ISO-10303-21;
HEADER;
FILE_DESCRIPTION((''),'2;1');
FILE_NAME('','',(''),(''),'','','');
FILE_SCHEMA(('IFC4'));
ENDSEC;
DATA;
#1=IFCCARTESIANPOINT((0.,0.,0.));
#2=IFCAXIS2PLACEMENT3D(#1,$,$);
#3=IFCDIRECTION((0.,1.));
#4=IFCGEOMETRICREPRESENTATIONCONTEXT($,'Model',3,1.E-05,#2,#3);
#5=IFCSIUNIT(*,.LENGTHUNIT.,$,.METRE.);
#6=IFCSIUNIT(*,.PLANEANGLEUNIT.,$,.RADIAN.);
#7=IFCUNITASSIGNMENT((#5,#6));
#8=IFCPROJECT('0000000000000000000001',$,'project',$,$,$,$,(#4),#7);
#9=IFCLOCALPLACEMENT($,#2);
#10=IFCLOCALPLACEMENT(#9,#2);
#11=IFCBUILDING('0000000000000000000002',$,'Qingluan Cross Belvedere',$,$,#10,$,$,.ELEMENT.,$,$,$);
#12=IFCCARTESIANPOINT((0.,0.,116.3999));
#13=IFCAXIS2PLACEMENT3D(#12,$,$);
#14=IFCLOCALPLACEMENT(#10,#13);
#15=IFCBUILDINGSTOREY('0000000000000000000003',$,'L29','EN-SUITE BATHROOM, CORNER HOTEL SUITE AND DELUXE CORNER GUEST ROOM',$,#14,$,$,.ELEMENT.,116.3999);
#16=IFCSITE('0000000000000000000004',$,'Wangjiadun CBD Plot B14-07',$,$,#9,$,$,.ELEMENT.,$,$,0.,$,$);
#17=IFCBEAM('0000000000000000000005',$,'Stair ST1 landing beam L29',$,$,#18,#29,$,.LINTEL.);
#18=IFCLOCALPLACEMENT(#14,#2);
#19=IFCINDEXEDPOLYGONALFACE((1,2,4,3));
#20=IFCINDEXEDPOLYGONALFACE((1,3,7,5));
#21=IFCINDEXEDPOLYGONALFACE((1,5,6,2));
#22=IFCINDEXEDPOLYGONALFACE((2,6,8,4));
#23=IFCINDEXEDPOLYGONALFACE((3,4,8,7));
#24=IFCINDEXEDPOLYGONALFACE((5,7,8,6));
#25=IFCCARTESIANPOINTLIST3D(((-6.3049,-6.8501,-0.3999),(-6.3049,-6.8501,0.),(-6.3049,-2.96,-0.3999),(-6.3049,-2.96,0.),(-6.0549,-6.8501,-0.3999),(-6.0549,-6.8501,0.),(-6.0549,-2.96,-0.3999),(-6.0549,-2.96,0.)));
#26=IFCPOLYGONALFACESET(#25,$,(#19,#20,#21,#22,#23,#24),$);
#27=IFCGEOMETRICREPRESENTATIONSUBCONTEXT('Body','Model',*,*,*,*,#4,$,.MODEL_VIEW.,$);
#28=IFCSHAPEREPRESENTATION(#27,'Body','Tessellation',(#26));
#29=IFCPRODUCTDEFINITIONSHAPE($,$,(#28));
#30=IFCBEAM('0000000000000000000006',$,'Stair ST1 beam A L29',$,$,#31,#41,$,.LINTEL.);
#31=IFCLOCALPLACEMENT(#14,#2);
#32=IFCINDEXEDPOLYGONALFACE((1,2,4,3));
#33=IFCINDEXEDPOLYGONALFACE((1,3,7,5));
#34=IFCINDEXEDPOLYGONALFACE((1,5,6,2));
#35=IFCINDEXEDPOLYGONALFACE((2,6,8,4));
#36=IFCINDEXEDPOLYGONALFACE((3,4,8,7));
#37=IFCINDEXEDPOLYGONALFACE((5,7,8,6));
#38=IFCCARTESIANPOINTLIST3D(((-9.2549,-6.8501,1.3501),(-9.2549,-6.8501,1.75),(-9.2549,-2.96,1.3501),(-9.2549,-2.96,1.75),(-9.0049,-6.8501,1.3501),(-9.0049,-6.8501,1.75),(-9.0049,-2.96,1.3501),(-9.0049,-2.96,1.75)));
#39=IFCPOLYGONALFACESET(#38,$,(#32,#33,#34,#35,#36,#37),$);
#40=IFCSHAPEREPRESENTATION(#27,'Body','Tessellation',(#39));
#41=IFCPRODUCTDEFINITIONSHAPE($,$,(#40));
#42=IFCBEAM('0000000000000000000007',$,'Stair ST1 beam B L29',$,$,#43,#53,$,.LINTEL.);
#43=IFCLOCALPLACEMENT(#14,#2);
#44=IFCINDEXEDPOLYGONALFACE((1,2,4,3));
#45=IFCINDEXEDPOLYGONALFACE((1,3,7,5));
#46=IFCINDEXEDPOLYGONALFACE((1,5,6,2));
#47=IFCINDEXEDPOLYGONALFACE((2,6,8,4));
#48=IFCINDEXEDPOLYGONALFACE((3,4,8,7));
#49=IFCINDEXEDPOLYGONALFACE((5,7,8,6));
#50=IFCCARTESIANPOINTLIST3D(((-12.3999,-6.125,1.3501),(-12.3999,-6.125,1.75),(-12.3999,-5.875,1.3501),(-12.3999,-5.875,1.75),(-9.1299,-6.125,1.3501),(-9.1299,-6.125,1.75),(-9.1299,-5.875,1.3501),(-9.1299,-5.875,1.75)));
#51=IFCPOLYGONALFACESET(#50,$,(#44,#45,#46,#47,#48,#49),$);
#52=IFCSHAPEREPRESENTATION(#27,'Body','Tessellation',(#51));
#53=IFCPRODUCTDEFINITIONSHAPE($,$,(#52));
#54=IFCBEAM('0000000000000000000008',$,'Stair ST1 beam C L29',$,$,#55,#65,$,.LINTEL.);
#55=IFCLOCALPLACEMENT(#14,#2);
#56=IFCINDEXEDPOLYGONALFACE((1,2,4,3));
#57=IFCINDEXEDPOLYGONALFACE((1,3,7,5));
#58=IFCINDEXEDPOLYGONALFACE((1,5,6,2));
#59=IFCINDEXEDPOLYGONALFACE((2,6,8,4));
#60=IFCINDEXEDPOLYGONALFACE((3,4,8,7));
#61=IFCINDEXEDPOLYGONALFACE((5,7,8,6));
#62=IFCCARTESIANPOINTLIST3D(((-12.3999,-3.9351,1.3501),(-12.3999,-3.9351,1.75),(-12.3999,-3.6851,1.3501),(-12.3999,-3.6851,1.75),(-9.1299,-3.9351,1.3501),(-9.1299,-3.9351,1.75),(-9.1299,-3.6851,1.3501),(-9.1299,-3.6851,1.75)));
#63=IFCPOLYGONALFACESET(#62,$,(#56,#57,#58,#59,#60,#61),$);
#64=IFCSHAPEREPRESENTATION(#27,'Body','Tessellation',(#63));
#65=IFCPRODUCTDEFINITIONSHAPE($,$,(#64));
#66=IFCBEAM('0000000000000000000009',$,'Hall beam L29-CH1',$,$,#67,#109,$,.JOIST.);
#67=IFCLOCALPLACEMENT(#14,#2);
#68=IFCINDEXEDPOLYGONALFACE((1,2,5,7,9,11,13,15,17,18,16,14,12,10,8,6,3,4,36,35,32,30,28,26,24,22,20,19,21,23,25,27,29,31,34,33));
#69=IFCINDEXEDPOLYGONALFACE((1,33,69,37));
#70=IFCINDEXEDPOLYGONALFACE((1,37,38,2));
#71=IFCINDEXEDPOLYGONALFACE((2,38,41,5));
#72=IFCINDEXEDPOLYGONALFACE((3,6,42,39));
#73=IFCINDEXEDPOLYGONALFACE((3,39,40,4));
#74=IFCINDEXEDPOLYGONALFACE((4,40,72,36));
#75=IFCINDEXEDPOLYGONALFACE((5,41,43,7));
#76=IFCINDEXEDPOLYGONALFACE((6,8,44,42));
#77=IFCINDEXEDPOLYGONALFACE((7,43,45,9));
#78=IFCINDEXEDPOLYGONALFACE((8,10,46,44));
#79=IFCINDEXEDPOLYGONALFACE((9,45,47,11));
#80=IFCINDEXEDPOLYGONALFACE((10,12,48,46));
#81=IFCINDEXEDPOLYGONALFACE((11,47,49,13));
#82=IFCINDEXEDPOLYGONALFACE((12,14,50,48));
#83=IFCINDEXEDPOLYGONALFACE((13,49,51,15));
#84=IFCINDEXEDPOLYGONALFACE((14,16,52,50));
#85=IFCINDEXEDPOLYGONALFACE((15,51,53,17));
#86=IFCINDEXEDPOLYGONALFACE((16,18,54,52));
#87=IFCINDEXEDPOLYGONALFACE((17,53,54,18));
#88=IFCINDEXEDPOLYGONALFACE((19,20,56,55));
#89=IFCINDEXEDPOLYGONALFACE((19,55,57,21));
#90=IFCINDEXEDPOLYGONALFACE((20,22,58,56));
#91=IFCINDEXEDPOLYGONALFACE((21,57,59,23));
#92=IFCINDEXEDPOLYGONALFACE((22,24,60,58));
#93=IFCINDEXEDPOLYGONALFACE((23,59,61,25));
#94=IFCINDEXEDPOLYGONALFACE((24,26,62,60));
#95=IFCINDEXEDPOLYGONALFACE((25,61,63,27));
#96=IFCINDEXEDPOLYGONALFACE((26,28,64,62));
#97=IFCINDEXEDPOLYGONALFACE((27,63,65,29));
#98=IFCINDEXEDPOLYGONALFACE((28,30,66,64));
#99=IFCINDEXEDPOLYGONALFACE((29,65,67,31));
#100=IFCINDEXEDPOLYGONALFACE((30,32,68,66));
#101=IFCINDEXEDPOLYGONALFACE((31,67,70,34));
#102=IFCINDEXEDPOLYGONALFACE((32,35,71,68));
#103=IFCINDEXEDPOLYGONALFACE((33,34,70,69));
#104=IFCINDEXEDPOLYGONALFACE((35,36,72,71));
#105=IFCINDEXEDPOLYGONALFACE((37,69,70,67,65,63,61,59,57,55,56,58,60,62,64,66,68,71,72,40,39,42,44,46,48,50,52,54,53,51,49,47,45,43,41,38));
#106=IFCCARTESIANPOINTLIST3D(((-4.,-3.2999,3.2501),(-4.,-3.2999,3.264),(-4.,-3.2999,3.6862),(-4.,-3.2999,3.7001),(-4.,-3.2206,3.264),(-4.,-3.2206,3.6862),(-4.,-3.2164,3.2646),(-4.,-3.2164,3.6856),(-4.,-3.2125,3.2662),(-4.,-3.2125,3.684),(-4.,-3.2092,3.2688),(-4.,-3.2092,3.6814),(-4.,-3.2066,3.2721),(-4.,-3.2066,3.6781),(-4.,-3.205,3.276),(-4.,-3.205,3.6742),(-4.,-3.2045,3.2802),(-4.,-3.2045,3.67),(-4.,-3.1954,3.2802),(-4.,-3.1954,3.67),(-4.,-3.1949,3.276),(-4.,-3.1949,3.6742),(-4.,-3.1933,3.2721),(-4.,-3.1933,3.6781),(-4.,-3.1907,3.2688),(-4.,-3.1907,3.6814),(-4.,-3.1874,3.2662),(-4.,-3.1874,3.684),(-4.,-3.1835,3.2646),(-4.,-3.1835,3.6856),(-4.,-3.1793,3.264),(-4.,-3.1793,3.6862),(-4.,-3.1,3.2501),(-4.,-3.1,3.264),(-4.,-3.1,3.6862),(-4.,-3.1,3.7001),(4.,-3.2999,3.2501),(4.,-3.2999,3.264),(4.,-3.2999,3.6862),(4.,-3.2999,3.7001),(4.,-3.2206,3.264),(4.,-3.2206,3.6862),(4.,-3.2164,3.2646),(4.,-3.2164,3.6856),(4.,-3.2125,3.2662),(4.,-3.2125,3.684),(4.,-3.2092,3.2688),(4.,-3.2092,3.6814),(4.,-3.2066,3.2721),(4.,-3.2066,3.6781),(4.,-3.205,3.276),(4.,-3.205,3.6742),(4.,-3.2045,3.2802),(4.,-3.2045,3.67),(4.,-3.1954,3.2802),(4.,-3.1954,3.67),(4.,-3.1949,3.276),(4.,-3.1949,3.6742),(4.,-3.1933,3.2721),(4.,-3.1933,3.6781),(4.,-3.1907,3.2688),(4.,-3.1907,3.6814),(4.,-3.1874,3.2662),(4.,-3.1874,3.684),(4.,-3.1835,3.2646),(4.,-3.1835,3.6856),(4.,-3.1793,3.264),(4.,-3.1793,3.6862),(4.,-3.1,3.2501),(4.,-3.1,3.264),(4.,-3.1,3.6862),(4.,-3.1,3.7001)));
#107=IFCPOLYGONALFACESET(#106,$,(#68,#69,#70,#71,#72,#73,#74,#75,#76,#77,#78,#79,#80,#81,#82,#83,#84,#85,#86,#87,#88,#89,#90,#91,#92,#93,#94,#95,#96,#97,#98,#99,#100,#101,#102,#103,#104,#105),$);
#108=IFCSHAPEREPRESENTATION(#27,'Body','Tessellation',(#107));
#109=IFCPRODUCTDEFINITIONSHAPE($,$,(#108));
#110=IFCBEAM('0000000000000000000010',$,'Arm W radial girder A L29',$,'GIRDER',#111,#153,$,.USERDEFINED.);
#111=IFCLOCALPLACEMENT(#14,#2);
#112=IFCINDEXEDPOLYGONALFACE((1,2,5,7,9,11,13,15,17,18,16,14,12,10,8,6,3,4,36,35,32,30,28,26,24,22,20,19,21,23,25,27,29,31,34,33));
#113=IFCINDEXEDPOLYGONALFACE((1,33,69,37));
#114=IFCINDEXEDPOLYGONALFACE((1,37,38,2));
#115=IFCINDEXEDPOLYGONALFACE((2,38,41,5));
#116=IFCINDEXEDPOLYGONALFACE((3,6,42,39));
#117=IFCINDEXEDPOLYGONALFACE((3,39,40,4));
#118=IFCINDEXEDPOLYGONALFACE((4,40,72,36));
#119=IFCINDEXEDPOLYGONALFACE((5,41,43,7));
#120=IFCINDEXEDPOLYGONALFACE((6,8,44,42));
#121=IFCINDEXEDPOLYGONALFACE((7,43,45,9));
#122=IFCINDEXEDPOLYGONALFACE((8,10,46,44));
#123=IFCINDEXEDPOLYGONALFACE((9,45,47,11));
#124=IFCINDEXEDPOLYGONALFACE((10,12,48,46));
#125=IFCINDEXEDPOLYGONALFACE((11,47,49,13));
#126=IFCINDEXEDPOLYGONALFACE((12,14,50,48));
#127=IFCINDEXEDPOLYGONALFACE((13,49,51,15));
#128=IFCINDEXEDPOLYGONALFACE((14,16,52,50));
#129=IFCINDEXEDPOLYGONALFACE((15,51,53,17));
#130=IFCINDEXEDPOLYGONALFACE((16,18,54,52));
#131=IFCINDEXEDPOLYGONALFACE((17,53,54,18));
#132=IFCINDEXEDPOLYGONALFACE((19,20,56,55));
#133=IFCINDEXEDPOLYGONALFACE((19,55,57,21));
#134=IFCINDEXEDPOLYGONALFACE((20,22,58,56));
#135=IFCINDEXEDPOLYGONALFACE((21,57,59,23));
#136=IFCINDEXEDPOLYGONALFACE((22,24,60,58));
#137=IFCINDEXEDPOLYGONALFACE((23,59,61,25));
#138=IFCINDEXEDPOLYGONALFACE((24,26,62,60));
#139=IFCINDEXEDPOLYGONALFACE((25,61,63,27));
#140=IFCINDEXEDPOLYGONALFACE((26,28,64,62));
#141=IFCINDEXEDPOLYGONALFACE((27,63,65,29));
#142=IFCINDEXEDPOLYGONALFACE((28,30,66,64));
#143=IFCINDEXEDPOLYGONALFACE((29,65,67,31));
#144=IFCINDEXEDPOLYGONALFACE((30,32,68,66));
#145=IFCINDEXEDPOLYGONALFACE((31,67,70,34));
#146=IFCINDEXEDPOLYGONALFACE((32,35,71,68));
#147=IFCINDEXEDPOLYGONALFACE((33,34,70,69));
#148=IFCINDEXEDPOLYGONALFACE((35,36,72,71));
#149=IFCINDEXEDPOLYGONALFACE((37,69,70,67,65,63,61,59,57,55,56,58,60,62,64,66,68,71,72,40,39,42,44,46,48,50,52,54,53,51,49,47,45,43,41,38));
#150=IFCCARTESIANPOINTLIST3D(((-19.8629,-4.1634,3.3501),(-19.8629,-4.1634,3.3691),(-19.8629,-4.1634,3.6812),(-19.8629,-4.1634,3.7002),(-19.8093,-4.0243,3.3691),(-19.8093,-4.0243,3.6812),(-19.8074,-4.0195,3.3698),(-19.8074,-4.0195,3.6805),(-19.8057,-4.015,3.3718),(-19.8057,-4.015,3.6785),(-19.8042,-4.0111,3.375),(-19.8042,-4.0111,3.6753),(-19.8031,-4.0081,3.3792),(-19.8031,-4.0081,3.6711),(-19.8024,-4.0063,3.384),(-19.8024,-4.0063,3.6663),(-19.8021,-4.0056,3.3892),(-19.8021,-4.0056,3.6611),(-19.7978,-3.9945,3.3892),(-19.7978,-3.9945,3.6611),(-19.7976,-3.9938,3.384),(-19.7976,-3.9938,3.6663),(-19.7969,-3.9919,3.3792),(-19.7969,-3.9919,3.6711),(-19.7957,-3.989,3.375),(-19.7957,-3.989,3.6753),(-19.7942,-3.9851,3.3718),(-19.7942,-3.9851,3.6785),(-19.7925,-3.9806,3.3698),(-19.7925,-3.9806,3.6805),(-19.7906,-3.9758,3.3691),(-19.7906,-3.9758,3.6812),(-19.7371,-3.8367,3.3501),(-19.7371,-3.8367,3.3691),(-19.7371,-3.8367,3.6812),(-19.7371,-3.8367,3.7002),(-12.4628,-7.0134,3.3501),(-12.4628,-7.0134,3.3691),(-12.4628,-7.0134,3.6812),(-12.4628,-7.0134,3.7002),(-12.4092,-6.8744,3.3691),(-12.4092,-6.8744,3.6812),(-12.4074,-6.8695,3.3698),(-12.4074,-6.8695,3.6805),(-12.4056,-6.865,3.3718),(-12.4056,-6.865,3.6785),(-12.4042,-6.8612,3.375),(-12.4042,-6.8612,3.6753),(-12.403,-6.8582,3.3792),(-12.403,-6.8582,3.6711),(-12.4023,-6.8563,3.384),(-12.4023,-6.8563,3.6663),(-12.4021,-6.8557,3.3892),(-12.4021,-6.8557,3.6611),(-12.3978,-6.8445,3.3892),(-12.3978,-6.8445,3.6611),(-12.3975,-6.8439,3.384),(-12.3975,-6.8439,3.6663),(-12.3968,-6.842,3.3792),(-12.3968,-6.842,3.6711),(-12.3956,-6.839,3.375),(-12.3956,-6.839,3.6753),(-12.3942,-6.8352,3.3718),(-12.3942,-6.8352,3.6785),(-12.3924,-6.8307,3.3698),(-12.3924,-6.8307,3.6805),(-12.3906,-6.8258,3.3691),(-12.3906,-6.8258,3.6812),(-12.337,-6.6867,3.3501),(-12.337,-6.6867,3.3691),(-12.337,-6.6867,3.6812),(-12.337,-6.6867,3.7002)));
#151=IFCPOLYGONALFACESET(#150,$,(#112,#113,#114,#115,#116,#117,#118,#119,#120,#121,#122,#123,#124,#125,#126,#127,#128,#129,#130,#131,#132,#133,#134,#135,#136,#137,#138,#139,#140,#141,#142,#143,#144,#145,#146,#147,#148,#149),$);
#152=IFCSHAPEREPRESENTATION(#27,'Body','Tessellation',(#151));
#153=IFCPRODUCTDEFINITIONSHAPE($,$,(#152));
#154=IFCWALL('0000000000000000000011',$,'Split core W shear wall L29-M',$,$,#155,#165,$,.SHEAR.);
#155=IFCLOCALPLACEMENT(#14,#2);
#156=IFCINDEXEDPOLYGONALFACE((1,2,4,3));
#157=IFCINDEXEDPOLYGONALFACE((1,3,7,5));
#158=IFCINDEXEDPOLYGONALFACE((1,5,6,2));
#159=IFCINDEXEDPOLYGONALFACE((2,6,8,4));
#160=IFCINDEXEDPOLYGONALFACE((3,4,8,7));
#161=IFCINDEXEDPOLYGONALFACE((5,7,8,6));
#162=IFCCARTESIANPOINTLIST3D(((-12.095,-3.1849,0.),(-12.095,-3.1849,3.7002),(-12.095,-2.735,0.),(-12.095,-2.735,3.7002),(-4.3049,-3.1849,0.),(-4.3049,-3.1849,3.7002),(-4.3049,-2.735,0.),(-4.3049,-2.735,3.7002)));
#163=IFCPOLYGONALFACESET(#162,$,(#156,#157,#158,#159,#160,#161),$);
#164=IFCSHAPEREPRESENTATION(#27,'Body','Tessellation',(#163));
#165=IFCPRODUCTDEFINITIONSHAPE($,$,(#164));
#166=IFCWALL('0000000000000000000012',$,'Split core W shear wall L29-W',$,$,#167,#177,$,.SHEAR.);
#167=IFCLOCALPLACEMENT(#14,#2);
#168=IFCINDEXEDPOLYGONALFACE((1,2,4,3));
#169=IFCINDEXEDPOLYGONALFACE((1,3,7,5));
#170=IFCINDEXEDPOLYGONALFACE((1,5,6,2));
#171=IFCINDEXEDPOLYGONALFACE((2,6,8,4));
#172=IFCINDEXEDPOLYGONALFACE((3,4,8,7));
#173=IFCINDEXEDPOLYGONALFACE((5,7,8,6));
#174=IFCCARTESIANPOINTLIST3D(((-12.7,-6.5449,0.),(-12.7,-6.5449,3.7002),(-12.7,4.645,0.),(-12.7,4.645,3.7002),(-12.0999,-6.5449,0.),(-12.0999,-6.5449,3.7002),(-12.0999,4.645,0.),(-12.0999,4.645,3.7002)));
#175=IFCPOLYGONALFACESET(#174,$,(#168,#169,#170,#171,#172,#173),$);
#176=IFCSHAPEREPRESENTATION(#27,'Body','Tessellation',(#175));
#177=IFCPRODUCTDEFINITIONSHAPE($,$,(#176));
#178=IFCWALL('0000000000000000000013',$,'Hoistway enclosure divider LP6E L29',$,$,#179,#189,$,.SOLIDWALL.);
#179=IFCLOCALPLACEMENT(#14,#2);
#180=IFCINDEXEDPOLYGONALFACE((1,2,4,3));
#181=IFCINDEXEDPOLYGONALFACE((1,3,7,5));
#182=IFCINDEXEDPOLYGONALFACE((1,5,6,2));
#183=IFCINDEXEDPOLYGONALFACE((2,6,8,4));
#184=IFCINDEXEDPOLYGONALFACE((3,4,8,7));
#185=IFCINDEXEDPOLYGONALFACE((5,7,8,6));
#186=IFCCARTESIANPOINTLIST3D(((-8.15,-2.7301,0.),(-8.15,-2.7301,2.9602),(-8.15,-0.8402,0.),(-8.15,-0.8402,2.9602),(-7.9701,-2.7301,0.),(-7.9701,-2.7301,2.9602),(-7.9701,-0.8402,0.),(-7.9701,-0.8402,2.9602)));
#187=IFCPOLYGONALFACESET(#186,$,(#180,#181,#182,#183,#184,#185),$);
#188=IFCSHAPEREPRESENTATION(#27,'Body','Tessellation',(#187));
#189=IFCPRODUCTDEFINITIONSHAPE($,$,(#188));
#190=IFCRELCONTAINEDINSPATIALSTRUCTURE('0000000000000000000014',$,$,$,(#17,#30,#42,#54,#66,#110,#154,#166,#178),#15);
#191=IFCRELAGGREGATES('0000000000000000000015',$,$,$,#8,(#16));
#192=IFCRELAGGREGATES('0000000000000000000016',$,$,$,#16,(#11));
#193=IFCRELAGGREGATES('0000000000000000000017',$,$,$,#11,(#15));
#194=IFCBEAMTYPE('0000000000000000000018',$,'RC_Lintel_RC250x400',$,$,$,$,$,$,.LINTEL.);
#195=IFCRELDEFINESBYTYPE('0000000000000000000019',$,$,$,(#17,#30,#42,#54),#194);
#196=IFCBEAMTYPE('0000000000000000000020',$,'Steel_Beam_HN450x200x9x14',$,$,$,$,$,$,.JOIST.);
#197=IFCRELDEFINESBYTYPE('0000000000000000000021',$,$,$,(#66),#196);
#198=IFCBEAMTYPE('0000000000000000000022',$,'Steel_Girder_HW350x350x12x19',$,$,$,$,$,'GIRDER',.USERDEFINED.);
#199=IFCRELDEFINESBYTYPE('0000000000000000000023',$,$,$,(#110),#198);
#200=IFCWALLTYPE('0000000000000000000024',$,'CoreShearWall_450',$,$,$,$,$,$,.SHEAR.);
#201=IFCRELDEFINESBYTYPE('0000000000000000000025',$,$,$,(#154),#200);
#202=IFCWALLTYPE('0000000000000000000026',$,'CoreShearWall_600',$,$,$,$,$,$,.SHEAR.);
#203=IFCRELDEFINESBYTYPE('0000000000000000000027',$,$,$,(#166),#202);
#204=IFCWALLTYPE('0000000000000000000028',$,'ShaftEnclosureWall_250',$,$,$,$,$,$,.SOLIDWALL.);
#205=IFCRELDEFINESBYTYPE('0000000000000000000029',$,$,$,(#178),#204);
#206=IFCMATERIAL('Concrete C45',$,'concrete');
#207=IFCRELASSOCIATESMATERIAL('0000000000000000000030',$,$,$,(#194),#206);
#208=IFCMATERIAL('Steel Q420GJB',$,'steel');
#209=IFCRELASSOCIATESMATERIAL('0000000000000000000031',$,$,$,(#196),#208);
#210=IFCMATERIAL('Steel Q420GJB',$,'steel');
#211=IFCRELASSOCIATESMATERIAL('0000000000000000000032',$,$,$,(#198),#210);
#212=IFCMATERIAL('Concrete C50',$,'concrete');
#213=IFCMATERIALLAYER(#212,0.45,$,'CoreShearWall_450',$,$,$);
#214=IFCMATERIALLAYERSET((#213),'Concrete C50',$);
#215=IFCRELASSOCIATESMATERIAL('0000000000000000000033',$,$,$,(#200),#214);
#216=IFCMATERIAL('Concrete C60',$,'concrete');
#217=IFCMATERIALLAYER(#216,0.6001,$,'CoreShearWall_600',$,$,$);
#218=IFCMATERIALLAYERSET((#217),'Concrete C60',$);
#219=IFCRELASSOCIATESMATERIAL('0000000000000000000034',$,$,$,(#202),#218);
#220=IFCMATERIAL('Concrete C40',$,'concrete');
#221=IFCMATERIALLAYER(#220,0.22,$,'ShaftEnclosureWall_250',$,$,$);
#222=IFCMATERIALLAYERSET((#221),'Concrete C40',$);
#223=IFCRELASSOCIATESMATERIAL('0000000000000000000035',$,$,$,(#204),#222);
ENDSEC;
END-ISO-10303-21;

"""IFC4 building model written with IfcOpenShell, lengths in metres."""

from ifc_helpers import new_model, si_unit, direction, frame, frame_2d, origin, origin_2d, place, context, subcontext, project, spatial, rectangle, i_section, extrude, material, layer, layer_set, material_profile, profile_set, type_object, element, save


model = new_model("IFC4")

# Units and contexts
model_context = context("Model", 3, precision=1e-05, world=origin(), true_north=direction((0.0, 1.0)))
body_context = subcontext(model_context, "Body", "Model", "MODEL_VIEW")
ifc_project = project(units=[si_unit("LENGTHUNIT", "METRE"), si_unit("PLANEANGLEUNIT", "RADIAN")], contexts=[model_context])

# Site, building, storey
site_placement = place(None, origin())
site = spatial("IfcSite", under=ifc_project, at=site_placement, Name="Wangjiadun CBD Plot B14-07", CompositionType="ELEMENT", RefElevation=0.0)
building_placement = place(site_placement, origin())
building = spatial("IfcBuilding", under=site, at=building_placement, Name="Qingluan Cross Belvedere", CompositionType="ELEMENT")
storey_placement = place(building_placement, frame((0.0, 0.0, 116.3999)))
storey = spatial("IfcBuildingStorey", under=building, at=storey_placement, Name="L29", Description="EN-SUITE BATHROOM, CORNER HOTEL SUITE AND DELUXE CORNER GUEST ROOM", CompositionType="ELEMENT", Elevation=116.3999)

# Beams
ifc_material_1 = material(Name="Concrete C45", Category="concrete")
ifc_material_profile_1 = material_profile(ifc_material_1, rectangle(XDim=0.25, YDim=0.3999, at=origin_2d()), Name="RC250x400")
ifc_profile_set_1 = profile_set([ifc_material_profile_1], Name="Concrete C45")
beam_type_1 = type_object("IfcBeamType", Name="RC_Lintel_RC250x400", PredefinedType="LINTEL", material=ifc_profile_set_1)
for number, where, z_axis, x_axis, name in (
    (1, (-6.1799, -6.8501, -0.2), (0.0, 1.0, 0.0), (-1.0, 0.0, 0.0), "Stair ST1 landing beam L29"),
    (2, (-9.1299, -6.8501, 1.55), (0.0, 1.0, 0.0), (-1.0, 0.0, 0.0), "Stair ST1 beam A L29"),
):
    element("IfcBeam", number, at=place(storey_placement, frame(where, z_axis=z_axis, x_axis=x_axis)), inside=storey, type_object=beam_type_1, Name=name, PredefinedType="LINTEL", context=body_context, shape_type="SweptSolid", body=[
        extrude(rectangle(XDim=0.25, YDim=0.3999, at=origin_2d()), origin(), (0.0, 0.0, 1.0), 3.8901),
    ])
for number, where, z_axis, x_axis, name in (
    (3, (-12.3999, -6.0, 1.55), (1.0, 0.0, 0.0), (0.0, 1.0, 0.0), "Stair ST1 beam B L29"),
    (4, (-12.3999, -3.8101, 1.55), (1.0, 0.0, 0.0), (0.0, 1.0, 0.0), "Stair ST1 beam C L29"),
):
    element("IfcBeam", number, at=place(storey_placement, frame(where, z_axis=z_axis, x_axis=x_axis)), inside=storey, type_object=beam_type_1, Name=name, PredefinedType="LINTEL", context=body_context, shape_type="SweptSolid", body=[
        extrude(rectangle(XDim=0.25, YDim=0.3999, at=origin_2d()), origin(), (0.0, 0.0, 1.0), 3.27),
    ])
ifc_material_2 = material(Name="Steel Q420GJB", Category="steel")
ifc_material_profile_2 = material_profile(ifc_material_2, i_section(OverallWidth=0.2, OverallDepth=0.45, WebThickness=0.009, FlangeThickness=0.0139, FilletRadius=0.0161, at=origin_2d()), Name="HN450x200x9x14")
ifc_profile_set_2 = profile_set([ifc_material_profile_2], Name="Steel Q420GJB")
beam_type_2 = type_object("IfcBeamType", Name="Steel_Beam_HN450x200x9x14", PredefinedType="JOIST", material=ifc_profile_set_2)
beam_1_placement = place(storey_placement, frame((-4.0, -3.2, 3.4751), z_axis=(1.0, 0.0, 0.0), x_axis=(0.0, 1.0, 0.0)))
element("IfcBeam", 5, at=beam_1_placement, inside=storey, type_object=beam_type_2, Name="Hall beam L29-CH1", PredefinedType="JOIST", context=body_context, shape_type="SweptSolid", body=[
    extrude(i_section(OverallWidth=0.2, OverallDepth=0.45, WebThickness=0.009, FlangeThickness=0.0139, FilletRadius=0.0161, at=origin_2d()), origin(), (0.0, 0.0, 1.0), 8.0),
])
ifc_material_3 = material(Name="Steel Q420GJB", Category="steel")
ifc_material_profile_3 = material_profile(ifc_material_3, i_section(OverallWidth=0.3501, OverallDepth=0.3501, WebThickness=0.012, FlangeThickness=0.019, FilletRadius=0.02, at=origin_2d()), Name="HW350x350x12x19")
ifc_profile_set_3 = profile_set([ifc_material_profile_3], Name="Steel Q420GJB")
beam_type_3 = type_object("IfcBeamType", Name="Steel_Girder_HW350x350x12x19", ElementType="GIRDER", PredefinedType="USERDEFINED", material=ifc_profile_set_3)
beam_2_placement = place(storey_placement, frame((-12.3999, -6.8501, 3.5251), z_axis=(-0.933181, 0.359406, 0.0), x_axis=(-0.359406, -0.933181, 0.0)))
element("IfcBeam", 6, at=beam_2_placement, inside=storey, type_object=beam_type_3, Name="Arm W radial girder A L29", ObjectType="GIRDER", PredefinedType="USERDEFINED", context=body_context, shape_type="SweptSolid", body=[
    extrude(i_section(OverallWidth=0.3501, OverallDepth=0.3501, WebThickness=0.012, FlangeThickness=0.019, FilletRadius=0.02, at=origin_2d()), origin(), (0.0, 0.0, 1.0), 7.9299),
])

# Walls
ifc_material_4 = material(Name="Concrete C50", Category="concrete")
ifc_layer_1 = layer(ifc_material_4, 0.45, Name="CoreShearWall_450")
ifc_layer_set_1 = layer_set([ifc_layer_1], Name="Concrete C50")
wall_type_1 = type_object("IfcWallType", Name="CoreShearWall_450", PredefinedType="SHEAR", material=ifc_layer_set_1)
wall_1_placement = place(storey_placement, frame((-12.095, -2.96, 0.0), z_axis=(0.0, 0.0, 1.0), x_axis=(1.0, 0.0, 0.0)))
element("IfcWall", 7, at=wall_1_placement, inside=storey, type_object=wall_type_1, Name="Split core W shear wall L29-M", PredefinedType="SHEAR", context=body_context, shape_type="SweptSolid", body=[
    extrude(rectangle(XDim=7.79, YDim=0.45, at=frame_2d((3.895, 0.0))), origin(), (0.0, 0.0, 1.0), 3.7002),
])
ifc_material_5 = material(Name="Concrete C60", Category="concrete")
ifc_layer_2 = layer(ifc_material_5, 0.6001, Name="CoreShearWall_600")
ifc_layer_set_2 = layer_set([ifc_layer_2], Name="Concrete C60")
wall_type_2 = type_object("IfcWallType", Name="CoreShearWall_600", PredefinedType="SHEAR", material=ifc_layer_set_2)
wall_2_placement = place(storey_placement, frame((-12.3999, -6.5449, 0.0), z_axis=(0.0, 0.0, 1.0), x_axis=(0.0, 1.0, 0.0)))
element("IfcWall", 8, at=wall_2_placement, inside=storey, type_object=wall_type_2, Name="Split core W shear wall L29-W", PredefinedType="SHEAR", context=body_context, shape_type="SweptSolid", body=[
    extrude(rectangle(XDim=11.1899, YDim=0.6001, at=frame_2d((5.595, 0.0))), origin(), (0.0, 0.0, 1.0), 3.7002),
])

# Wall
ifc_material_6 = material(Name="Concrete C40", Category="concrete")
ifc_layer_3 = layer(ifc_material_6, 0.22, Name="ShaftEnclosureWall_250")
ifc_layer_set_3 = layer_set([ifc_layer_3], Name="Concrete C40")
wall_type_3 = type_object("IfcWallType", Name="ShaftEnclosureWall_250", PredefinedType="SOLIDWALL", material=ifc_layer_set_3)
for number, where, z_axis, x_axis, name in (
    (9, (-8.0601, -2.73, 0.0), (0.0, 0.0, 1.0), (0.0, 1.0, 0.0), "Hoistway enclosure divider LP6E L29"),
):
    element("IfcWall", number, at=place(storey_placement, frame(where, z_axis=z_axis, x_axis=x_axis)), inside=storey, type_object=wall_type_3, Name=name, PredefinedType="SOLIDWALL", context=body_context, shape_type="SweptSolid", body=[
        extrude(rectangle(XDim=1.8899, YDim=0.1799, at=frame_2d((0.9448, 0.0))), origin(), (0.0, 0.0, 1.0), 2.9602),
    ])

save(model, "model.ifc")
